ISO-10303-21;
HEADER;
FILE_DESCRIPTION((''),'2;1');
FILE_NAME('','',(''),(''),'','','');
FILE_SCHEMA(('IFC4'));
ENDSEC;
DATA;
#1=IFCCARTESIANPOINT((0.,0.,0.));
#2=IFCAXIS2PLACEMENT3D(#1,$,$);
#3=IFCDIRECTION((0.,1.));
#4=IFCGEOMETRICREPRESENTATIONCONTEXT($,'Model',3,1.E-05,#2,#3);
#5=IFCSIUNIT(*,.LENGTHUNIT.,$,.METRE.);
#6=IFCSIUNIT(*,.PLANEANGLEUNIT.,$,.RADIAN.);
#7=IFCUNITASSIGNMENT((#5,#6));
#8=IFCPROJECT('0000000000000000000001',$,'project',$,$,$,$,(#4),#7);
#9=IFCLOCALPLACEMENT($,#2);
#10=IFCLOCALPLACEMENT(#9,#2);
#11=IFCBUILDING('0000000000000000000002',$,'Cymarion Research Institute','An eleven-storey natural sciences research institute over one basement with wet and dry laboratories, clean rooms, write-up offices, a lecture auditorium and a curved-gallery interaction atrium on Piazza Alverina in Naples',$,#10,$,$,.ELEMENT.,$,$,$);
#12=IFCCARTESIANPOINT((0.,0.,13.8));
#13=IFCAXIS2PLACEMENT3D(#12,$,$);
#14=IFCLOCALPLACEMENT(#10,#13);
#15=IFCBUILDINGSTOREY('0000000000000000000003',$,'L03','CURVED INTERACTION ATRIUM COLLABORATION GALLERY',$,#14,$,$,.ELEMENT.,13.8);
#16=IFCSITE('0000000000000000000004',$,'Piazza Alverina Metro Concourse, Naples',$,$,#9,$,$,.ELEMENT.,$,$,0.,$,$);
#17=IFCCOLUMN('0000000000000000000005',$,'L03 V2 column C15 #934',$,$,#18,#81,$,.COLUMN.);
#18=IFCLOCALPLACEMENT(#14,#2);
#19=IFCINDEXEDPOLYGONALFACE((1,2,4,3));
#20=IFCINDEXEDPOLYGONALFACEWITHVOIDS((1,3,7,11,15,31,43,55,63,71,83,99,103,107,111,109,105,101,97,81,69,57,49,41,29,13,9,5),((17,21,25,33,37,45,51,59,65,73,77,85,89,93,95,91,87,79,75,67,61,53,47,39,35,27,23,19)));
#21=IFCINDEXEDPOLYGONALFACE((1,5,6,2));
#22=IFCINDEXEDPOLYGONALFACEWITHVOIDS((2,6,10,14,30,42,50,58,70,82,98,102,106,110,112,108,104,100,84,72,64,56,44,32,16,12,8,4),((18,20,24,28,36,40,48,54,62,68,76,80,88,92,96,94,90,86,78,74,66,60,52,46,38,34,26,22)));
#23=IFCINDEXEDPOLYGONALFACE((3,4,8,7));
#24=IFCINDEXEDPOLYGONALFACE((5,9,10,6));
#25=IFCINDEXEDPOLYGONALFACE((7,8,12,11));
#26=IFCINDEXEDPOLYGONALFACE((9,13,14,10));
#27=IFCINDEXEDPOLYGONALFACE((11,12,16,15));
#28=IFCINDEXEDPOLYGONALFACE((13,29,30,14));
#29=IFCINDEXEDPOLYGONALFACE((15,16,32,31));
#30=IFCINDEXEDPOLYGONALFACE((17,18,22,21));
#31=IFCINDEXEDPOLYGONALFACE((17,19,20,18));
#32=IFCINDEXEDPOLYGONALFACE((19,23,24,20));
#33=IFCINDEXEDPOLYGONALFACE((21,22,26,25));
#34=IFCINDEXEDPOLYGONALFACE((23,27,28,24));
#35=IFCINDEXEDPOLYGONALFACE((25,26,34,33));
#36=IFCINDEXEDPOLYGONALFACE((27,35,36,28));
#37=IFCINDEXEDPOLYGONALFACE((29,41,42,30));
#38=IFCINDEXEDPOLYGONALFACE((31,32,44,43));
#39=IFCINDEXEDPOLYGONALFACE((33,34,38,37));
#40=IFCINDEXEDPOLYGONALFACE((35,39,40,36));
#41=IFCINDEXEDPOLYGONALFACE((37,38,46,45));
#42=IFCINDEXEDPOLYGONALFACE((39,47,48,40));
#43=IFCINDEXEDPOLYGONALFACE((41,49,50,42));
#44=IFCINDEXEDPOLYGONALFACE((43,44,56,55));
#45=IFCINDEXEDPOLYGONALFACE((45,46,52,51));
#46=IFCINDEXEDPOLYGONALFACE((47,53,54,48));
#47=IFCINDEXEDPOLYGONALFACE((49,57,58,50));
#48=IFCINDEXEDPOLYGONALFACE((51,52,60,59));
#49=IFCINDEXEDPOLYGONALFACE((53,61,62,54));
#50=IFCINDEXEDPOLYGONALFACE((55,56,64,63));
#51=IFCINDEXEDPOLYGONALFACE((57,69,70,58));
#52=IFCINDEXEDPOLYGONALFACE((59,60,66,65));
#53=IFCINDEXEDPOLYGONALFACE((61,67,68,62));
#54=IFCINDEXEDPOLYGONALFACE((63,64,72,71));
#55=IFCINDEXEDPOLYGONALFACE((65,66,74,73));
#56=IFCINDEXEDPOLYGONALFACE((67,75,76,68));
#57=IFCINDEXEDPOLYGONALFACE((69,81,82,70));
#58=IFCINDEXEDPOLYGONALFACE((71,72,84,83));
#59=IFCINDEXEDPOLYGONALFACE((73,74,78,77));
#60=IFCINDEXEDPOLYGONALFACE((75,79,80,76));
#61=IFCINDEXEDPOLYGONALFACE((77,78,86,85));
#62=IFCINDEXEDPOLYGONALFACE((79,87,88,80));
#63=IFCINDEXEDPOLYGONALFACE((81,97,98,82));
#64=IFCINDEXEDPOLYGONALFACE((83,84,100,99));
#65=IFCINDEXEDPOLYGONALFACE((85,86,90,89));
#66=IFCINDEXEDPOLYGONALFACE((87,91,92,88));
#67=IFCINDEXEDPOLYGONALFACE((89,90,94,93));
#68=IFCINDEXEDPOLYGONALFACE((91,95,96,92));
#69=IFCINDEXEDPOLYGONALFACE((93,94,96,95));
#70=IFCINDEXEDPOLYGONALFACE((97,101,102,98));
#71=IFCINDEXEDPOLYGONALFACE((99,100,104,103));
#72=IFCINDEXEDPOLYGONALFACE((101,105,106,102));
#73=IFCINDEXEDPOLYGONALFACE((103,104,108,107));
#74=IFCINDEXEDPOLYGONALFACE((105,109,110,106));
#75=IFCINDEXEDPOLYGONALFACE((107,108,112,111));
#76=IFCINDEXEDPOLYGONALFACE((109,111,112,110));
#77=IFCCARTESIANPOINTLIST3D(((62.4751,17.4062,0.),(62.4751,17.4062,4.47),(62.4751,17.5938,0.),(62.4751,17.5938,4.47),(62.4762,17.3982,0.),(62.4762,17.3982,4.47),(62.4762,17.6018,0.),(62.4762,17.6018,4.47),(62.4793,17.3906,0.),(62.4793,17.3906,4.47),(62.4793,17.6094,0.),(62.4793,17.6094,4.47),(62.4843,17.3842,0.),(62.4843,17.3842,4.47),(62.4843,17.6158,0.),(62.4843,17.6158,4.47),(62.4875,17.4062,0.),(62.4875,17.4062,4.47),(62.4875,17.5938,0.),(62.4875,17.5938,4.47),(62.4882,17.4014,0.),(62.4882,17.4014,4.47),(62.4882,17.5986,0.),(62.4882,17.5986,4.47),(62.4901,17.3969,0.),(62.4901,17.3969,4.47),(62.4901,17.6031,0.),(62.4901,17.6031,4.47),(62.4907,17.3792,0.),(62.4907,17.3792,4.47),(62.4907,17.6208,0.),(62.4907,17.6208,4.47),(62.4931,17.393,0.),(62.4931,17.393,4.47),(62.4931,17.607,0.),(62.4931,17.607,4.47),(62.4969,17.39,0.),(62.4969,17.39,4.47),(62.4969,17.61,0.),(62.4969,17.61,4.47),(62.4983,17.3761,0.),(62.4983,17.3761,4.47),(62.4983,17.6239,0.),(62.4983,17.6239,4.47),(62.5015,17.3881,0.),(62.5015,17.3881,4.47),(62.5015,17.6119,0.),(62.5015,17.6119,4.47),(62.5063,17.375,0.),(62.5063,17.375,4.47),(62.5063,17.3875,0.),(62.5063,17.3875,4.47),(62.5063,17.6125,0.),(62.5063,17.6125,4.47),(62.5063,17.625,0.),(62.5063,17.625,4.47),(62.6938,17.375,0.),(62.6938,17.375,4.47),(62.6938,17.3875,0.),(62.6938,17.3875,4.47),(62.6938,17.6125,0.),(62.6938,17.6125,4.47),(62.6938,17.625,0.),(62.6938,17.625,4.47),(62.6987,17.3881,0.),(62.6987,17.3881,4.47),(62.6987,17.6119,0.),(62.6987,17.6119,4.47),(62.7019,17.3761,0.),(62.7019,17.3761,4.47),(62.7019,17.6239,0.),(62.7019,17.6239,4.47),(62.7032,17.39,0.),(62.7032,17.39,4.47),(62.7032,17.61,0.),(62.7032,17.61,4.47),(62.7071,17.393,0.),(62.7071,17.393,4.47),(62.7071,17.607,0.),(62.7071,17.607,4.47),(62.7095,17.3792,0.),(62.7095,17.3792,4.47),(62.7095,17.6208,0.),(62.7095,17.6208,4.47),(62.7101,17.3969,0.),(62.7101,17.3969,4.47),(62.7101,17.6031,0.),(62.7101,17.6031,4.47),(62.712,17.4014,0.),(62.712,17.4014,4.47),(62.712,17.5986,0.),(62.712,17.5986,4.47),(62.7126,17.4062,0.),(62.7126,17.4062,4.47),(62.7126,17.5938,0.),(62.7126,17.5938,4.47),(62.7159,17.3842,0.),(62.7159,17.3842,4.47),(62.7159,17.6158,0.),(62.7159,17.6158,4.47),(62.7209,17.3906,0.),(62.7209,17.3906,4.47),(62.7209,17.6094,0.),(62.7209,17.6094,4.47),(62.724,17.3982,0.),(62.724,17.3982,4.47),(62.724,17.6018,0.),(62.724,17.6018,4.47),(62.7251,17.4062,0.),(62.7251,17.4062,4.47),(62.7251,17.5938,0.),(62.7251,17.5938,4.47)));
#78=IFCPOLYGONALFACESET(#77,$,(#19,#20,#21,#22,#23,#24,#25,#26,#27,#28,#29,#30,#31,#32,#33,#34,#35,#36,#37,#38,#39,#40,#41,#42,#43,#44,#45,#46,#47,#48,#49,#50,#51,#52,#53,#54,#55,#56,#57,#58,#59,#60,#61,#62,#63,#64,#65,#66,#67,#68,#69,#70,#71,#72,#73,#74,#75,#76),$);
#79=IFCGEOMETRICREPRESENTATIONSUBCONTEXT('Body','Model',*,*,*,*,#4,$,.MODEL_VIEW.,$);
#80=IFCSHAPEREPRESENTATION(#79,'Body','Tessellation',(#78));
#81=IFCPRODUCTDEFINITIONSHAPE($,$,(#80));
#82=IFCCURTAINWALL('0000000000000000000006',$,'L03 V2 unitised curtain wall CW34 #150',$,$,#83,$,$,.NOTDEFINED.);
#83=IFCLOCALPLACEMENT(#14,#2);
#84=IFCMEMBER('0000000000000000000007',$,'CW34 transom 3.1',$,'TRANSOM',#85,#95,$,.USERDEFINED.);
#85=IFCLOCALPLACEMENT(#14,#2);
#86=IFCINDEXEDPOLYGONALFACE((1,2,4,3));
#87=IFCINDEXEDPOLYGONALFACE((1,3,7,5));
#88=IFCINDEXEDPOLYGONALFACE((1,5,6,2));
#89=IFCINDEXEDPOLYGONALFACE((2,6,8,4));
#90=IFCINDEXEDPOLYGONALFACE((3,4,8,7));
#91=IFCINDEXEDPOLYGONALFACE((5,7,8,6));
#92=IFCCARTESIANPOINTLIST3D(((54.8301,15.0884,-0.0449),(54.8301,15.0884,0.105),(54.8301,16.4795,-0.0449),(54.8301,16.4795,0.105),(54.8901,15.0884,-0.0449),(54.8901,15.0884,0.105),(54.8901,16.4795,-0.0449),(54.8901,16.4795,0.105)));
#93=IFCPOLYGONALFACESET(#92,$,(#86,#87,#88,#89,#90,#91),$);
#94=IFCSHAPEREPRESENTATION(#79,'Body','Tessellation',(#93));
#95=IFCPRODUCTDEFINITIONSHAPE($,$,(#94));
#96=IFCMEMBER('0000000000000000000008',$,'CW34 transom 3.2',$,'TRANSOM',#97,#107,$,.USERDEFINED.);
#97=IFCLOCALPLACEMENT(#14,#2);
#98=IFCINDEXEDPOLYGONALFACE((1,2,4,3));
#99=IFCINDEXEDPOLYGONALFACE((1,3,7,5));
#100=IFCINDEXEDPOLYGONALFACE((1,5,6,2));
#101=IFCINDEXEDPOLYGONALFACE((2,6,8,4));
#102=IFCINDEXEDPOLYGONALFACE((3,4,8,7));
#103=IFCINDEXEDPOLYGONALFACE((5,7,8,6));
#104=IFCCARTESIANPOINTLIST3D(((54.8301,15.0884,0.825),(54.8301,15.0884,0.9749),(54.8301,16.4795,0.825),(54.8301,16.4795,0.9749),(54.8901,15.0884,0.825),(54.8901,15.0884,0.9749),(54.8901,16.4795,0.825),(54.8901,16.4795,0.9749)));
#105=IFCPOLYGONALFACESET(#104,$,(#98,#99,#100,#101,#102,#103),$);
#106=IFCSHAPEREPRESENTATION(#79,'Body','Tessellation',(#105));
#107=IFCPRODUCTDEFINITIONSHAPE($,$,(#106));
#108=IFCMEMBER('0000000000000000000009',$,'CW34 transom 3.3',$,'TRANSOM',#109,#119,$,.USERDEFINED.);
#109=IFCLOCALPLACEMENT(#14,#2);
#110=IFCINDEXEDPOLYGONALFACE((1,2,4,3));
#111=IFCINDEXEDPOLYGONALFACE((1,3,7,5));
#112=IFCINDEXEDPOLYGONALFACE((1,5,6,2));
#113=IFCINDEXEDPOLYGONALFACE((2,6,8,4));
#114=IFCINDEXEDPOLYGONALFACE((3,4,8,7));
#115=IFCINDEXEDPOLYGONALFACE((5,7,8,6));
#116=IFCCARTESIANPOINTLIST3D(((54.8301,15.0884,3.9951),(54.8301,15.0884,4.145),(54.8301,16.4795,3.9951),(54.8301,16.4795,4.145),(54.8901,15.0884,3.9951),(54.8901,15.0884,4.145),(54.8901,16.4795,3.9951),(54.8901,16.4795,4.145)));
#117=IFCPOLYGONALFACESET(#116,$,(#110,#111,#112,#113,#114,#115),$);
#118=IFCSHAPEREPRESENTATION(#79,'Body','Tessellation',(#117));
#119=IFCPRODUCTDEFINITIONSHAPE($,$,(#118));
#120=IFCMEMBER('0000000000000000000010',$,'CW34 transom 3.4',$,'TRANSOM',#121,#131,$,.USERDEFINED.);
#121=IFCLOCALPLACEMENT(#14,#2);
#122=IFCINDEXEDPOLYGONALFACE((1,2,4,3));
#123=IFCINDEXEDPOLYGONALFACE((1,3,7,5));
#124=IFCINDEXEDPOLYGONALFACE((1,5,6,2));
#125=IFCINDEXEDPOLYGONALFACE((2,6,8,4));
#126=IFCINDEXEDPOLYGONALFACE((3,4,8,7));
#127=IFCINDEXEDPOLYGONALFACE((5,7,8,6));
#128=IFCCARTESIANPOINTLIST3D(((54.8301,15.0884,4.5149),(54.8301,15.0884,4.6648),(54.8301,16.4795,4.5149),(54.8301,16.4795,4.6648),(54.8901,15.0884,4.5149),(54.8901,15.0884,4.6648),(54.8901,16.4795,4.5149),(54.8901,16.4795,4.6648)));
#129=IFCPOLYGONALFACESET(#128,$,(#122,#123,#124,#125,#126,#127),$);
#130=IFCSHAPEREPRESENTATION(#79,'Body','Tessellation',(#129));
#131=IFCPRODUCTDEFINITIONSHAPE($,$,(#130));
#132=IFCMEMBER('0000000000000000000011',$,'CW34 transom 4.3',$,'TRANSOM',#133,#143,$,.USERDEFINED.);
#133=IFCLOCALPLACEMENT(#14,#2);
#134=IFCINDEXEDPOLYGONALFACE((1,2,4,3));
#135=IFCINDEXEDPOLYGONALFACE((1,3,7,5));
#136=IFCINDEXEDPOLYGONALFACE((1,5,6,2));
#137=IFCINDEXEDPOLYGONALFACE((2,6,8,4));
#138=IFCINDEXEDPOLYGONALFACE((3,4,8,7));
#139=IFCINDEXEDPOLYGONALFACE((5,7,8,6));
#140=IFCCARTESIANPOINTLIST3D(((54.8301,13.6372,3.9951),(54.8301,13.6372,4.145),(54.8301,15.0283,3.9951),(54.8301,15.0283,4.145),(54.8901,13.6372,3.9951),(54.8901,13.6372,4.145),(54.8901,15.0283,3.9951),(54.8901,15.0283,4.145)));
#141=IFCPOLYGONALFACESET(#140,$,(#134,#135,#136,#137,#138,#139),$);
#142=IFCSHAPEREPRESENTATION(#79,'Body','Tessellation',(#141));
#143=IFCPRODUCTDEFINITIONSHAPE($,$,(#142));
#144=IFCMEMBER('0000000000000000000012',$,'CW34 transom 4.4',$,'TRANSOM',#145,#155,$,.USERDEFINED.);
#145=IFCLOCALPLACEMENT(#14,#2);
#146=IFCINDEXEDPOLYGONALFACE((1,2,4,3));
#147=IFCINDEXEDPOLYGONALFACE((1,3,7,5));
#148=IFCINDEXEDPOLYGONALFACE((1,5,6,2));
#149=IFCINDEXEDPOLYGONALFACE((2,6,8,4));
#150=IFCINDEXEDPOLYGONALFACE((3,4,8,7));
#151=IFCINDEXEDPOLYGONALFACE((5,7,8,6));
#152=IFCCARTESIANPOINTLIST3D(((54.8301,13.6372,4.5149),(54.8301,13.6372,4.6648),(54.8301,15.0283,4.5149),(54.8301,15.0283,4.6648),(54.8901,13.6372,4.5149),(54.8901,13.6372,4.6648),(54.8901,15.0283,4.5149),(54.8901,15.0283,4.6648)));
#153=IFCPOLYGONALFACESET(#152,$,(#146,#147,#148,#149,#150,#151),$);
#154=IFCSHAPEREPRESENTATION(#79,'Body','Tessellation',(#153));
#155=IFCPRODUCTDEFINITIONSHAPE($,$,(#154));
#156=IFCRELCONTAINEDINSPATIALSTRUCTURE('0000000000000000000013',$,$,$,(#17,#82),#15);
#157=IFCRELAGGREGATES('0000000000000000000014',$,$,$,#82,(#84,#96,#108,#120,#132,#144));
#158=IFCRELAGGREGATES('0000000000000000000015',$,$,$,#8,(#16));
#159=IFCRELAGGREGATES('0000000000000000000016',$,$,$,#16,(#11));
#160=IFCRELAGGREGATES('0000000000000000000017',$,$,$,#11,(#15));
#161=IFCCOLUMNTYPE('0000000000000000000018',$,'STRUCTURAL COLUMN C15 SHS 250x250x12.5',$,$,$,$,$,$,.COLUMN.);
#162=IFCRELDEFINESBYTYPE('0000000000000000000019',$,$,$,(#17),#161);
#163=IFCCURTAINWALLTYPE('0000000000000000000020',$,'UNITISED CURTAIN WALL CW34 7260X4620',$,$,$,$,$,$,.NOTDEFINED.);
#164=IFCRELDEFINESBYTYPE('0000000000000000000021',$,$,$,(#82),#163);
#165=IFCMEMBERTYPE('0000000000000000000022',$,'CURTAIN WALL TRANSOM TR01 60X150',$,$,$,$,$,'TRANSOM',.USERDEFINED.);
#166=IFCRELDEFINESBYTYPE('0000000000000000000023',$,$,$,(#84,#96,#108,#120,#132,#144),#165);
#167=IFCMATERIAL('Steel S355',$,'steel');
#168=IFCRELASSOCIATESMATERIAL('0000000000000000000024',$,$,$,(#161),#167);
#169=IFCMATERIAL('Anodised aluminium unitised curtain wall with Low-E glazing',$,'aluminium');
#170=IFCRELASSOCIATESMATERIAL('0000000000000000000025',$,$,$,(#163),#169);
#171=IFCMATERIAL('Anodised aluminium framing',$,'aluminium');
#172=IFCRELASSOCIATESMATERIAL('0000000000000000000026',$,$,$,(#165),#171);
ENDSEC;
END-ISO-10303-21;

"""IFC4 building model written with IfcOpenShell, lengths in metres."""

from ifc_helpers import new_model, si_unit, direction, frame, origin, origin_2d, place, context, subcontext, project, spatial, rectangle, hollow_rectangle, extrude, material, material_profile, profile_set, type_object, element, aggregate, save


model = new_model("IFC4")

# Units and contexts
model_context = context("Model", 3, precision=1e-05, world=origin(), true_north=direction((0.0, 1.0)))
body_context = subcontext(model_context, "Body", "Model", "MODEL_VIEW")
ifc_project = project(units=[si_unit("LENGTHUNIT", "METRE"), si_unit("PLANEANGLEUNIT", "RADIAN")], contexts=[model_context])

# Site, building, storey
site_placement = place(None, origin())
site = spatial("IfcSite", under=ifc_project, at=site_placement, Name="Piazza Alverina Metro Concourse, Naples", CompositionType="ELEMENT", RefElevation=0.0)
building_placement = place(site_placement, origin())
building = spatial("IfcBuilding", under=site, at=building_placement, Name="Cymarion Research Institute", Description="An eleven-storey natural sciences research institute over one basement with wet and dry laboratories, clean rooms, write-up offices, a lecture auditorium and a curved-gallery interaction atrium on Piazza Alverina in Naples", CompositionType="ELEMENT")
storey_placement = place(building_placement, frame((0.0, 0.0, 13.8)))
storey = spatial("IfcBuildingStorey", under=building, at=storey_placement, Name="L03", Description="CURVED INTERACTION ATRIUM COLLABORATION GALLERY", CompositionType="ELEMENT", Elevation=13.8)

# Column
ifc_material_1 = material(Name="Steel S355", Category="steel")
ifc_material_profile_1 = material_profile(ifc_material_1, hollow_rectangle(XDim=0.25, YDim=0.25, WallThickness=0.0125, InnerFilletRadius=0.0188, OuterFilletRadius=0.0312, at=origin_2d()), Name="SHS 250x250x12.5")
ifc_profile_set_1 = profile_set([ifc_material_profile_1], Name="Steel S355")
column_type_1 = type_object("IfcColumnType", Name="STRUCTURAL COLUMN C15 SHS 250x250x12.5", PredefinedType="COLUMN", material=ifc_profile_set_1)
for number, where, z_axis, x_axis, name in (
    (1, (62.6001, 17.5, 0.0), (0.0, 0.0, 1.0), (1.0, 0.0, 0.0), "L03 V2 column C15 #934"),
):
    element("IfcColumn", number, at=place(storey_placement, frame(where, z_axis=z_axis, x_axis=x_axis)), inside=storey, type_object=column_type_1, Name=name, PredefinedType="COLUMN", context=body_context, shape_type="SweptSolid", body=[
        extrude(hollow_rectangle(XDim=0.25, YDim=0.25, WallThickness=0.0125, InnerFilletRadius=0.0188, OuterFilletRadius=0.0312, at=origin_2d()), origin(), (0.0, 0.0, 1.0), 4.47),
    ])

# Curtain wall, members
ifc_material_2 = material(Name="Anodised aluminium unitised curtain wall with Low-E glazing", Category="aluminium")
curtain_wall_type = type_object("IfcCurtainWallType", Name="UNITISED CURTAIN WALL CW34 7260X4620", PredefinedType="NOTDEFINED", material=ifc_material_2)
curtain_wall_placement = place(storey_placement, origin())
curtain_wall = element("IfcCurtainWall", 2, at=curtain_wall_placement, inside=storey, type_object=curtain_wall_type, Name="L03 V2 unitised curtain wall CW34 #150", PredefinedType="NOTDEFINED")
ifc_material_3 = material(Name="Anodised aluminium framing", Category="aluminium")
ifc_material_profile_2 = material_profile(ifc_material_3, rectangle(XDim=0.0601, YDim=0.1499, at=origin_2d()), Name="ALU TRANSOM 60x150")
ifc_profile_set_2 = profile_set([ifc_material_profile_2], Name="Anodised aluminium framing")
member_type = type_object("IfcMemberType", Name="CURTAIN WALL TRANSOM TR01 60X150", ElementType="TRANSOM", PredefinedType="USERDEFINED", material=ifc_profile_set_2)
member_1_placement = place(storey_placement, frame((54.8601, 16.4795, 0.03), z_axis=(0.0, -1.0, 0.0), x_axis=(1.0, 0.0, 0.0)))
member_1 = element("IfcMember", 3, at=member_1_placement, type_object=member_type, Name="CW34 transom 3.1", ObjectType="TRANSOM", PredefinedType="USERDEFINED", context=body_context, shape_type="SweptSolid", body=[
    extrude(rectangle(XDim=0.0601, YDim=0.1499, at=origin_2d()), origin(), (0.0, 0.0, 1.0), 1.3911),
])
member_2_placement = place(storey_placement, frame((54.8601, 16.4795, 0.8999), z_axis=(0.0, -1.0, 0.0), x_axis=(1.0, 0.0, 0.0)))
member_2 = element("IfcMember", 4, at=member_2_placement, type_object=member_type, Name="CW34 transom 3.2", ObjectType="TRANSOM", PredefinedType="USERDEFINED", context=body_context, shape_type="SweptSolid", body=[
    extrude(rectangle(XDim=0.0601, YDim=0.1499, at=origin_2d()), origin(), (0.0, 0.0, 1.0), 1.3911),
])
member_3_placement = place(storey_placement, frame((54.8601, 16.4795, 4.0701), z_axis=(0.0, -1.0, 0.0), x_axis=(1.0, 0.0, 0.0)))
member_3 = element("IfcMember", 5, at=member_3_placement, type_object=member_type, Name="CW34 transom 3.3", ObjectType="TRANSOM", PredefinedType="USERDEFINED", context=body_context, shape_type="SweptSolid", body=[
    extrude(rectangle(XDim=0.0601, YDim=0.1499, at=origin_2d()), origin(), (0.0, 0.0, 1.0), 1.3911),
])
member_4_placement = place(storey_placement, frame((54.8601, 16.4795, 4.5898), z_axis=(0.0, -1.0, 0.0), x_axis=(1.0, 0.0, 0.0)))
member_4 = element("IfcMember", 6, at=member_4_placement, type_object=member_type, Name="CW34 transom 3.4", ObjectType="TRANSOM", PredefinedType="USERDEFINED", context=body_context, shape_type="SweptSolid", body=[
    extrude(rectangle(XDim=0.0601, YDim=0.1499, at=origin_2d()), origin(), (0.0, 0.0, 1.0), 1.3911),
])
member_5_placement = place(storey_placement, frame((54.8601, 15.0283, 4.0701), z_axis=(0.0, -1.0, 0.0), x_axis=(1.0, 0.0, 0.0)))
member_5 = element("IfcMember", 7, at=member_5_placement, type_object=member_type, Name="CW34 transom 4.3", ObjectType="TRANSOM", PredefinedType="USERDEFINED", context=body_context, shape_type="SweptSolid", body=[
    extrude(rectangle(XDim=0.0601, YDim=0.1499, at=origin_2d()), origin(), (0.0, 0.0, 1.0), 1.3911),
])
member_6_placement = place(storey_placement, frame((54.8601, 15.0283, 4.5898), z_axis=(0.0, -1.0, 0.0), x_axis=(1.0, 0.0, 0.0)))
member_6 = element("IfcMember", 8, at=member_6_placement, type_object=member_type, Name="CW34 transom 4.4", ObjectType="TRANSOM", PredefinedType="USERDEFINED", context=body_context, shape_type="SweptSolid", body=[
    extrude(rectangle(XDim=0.0601, YDim=0.1499, at=origin_2d()), origin(), (0.0, 0.0, 1.0), 1.3911),
])

aggregate(curtain_wall, [member_1, member_2, member_3, member_4, member_5, member_6])

save(model, "model.ifc")
